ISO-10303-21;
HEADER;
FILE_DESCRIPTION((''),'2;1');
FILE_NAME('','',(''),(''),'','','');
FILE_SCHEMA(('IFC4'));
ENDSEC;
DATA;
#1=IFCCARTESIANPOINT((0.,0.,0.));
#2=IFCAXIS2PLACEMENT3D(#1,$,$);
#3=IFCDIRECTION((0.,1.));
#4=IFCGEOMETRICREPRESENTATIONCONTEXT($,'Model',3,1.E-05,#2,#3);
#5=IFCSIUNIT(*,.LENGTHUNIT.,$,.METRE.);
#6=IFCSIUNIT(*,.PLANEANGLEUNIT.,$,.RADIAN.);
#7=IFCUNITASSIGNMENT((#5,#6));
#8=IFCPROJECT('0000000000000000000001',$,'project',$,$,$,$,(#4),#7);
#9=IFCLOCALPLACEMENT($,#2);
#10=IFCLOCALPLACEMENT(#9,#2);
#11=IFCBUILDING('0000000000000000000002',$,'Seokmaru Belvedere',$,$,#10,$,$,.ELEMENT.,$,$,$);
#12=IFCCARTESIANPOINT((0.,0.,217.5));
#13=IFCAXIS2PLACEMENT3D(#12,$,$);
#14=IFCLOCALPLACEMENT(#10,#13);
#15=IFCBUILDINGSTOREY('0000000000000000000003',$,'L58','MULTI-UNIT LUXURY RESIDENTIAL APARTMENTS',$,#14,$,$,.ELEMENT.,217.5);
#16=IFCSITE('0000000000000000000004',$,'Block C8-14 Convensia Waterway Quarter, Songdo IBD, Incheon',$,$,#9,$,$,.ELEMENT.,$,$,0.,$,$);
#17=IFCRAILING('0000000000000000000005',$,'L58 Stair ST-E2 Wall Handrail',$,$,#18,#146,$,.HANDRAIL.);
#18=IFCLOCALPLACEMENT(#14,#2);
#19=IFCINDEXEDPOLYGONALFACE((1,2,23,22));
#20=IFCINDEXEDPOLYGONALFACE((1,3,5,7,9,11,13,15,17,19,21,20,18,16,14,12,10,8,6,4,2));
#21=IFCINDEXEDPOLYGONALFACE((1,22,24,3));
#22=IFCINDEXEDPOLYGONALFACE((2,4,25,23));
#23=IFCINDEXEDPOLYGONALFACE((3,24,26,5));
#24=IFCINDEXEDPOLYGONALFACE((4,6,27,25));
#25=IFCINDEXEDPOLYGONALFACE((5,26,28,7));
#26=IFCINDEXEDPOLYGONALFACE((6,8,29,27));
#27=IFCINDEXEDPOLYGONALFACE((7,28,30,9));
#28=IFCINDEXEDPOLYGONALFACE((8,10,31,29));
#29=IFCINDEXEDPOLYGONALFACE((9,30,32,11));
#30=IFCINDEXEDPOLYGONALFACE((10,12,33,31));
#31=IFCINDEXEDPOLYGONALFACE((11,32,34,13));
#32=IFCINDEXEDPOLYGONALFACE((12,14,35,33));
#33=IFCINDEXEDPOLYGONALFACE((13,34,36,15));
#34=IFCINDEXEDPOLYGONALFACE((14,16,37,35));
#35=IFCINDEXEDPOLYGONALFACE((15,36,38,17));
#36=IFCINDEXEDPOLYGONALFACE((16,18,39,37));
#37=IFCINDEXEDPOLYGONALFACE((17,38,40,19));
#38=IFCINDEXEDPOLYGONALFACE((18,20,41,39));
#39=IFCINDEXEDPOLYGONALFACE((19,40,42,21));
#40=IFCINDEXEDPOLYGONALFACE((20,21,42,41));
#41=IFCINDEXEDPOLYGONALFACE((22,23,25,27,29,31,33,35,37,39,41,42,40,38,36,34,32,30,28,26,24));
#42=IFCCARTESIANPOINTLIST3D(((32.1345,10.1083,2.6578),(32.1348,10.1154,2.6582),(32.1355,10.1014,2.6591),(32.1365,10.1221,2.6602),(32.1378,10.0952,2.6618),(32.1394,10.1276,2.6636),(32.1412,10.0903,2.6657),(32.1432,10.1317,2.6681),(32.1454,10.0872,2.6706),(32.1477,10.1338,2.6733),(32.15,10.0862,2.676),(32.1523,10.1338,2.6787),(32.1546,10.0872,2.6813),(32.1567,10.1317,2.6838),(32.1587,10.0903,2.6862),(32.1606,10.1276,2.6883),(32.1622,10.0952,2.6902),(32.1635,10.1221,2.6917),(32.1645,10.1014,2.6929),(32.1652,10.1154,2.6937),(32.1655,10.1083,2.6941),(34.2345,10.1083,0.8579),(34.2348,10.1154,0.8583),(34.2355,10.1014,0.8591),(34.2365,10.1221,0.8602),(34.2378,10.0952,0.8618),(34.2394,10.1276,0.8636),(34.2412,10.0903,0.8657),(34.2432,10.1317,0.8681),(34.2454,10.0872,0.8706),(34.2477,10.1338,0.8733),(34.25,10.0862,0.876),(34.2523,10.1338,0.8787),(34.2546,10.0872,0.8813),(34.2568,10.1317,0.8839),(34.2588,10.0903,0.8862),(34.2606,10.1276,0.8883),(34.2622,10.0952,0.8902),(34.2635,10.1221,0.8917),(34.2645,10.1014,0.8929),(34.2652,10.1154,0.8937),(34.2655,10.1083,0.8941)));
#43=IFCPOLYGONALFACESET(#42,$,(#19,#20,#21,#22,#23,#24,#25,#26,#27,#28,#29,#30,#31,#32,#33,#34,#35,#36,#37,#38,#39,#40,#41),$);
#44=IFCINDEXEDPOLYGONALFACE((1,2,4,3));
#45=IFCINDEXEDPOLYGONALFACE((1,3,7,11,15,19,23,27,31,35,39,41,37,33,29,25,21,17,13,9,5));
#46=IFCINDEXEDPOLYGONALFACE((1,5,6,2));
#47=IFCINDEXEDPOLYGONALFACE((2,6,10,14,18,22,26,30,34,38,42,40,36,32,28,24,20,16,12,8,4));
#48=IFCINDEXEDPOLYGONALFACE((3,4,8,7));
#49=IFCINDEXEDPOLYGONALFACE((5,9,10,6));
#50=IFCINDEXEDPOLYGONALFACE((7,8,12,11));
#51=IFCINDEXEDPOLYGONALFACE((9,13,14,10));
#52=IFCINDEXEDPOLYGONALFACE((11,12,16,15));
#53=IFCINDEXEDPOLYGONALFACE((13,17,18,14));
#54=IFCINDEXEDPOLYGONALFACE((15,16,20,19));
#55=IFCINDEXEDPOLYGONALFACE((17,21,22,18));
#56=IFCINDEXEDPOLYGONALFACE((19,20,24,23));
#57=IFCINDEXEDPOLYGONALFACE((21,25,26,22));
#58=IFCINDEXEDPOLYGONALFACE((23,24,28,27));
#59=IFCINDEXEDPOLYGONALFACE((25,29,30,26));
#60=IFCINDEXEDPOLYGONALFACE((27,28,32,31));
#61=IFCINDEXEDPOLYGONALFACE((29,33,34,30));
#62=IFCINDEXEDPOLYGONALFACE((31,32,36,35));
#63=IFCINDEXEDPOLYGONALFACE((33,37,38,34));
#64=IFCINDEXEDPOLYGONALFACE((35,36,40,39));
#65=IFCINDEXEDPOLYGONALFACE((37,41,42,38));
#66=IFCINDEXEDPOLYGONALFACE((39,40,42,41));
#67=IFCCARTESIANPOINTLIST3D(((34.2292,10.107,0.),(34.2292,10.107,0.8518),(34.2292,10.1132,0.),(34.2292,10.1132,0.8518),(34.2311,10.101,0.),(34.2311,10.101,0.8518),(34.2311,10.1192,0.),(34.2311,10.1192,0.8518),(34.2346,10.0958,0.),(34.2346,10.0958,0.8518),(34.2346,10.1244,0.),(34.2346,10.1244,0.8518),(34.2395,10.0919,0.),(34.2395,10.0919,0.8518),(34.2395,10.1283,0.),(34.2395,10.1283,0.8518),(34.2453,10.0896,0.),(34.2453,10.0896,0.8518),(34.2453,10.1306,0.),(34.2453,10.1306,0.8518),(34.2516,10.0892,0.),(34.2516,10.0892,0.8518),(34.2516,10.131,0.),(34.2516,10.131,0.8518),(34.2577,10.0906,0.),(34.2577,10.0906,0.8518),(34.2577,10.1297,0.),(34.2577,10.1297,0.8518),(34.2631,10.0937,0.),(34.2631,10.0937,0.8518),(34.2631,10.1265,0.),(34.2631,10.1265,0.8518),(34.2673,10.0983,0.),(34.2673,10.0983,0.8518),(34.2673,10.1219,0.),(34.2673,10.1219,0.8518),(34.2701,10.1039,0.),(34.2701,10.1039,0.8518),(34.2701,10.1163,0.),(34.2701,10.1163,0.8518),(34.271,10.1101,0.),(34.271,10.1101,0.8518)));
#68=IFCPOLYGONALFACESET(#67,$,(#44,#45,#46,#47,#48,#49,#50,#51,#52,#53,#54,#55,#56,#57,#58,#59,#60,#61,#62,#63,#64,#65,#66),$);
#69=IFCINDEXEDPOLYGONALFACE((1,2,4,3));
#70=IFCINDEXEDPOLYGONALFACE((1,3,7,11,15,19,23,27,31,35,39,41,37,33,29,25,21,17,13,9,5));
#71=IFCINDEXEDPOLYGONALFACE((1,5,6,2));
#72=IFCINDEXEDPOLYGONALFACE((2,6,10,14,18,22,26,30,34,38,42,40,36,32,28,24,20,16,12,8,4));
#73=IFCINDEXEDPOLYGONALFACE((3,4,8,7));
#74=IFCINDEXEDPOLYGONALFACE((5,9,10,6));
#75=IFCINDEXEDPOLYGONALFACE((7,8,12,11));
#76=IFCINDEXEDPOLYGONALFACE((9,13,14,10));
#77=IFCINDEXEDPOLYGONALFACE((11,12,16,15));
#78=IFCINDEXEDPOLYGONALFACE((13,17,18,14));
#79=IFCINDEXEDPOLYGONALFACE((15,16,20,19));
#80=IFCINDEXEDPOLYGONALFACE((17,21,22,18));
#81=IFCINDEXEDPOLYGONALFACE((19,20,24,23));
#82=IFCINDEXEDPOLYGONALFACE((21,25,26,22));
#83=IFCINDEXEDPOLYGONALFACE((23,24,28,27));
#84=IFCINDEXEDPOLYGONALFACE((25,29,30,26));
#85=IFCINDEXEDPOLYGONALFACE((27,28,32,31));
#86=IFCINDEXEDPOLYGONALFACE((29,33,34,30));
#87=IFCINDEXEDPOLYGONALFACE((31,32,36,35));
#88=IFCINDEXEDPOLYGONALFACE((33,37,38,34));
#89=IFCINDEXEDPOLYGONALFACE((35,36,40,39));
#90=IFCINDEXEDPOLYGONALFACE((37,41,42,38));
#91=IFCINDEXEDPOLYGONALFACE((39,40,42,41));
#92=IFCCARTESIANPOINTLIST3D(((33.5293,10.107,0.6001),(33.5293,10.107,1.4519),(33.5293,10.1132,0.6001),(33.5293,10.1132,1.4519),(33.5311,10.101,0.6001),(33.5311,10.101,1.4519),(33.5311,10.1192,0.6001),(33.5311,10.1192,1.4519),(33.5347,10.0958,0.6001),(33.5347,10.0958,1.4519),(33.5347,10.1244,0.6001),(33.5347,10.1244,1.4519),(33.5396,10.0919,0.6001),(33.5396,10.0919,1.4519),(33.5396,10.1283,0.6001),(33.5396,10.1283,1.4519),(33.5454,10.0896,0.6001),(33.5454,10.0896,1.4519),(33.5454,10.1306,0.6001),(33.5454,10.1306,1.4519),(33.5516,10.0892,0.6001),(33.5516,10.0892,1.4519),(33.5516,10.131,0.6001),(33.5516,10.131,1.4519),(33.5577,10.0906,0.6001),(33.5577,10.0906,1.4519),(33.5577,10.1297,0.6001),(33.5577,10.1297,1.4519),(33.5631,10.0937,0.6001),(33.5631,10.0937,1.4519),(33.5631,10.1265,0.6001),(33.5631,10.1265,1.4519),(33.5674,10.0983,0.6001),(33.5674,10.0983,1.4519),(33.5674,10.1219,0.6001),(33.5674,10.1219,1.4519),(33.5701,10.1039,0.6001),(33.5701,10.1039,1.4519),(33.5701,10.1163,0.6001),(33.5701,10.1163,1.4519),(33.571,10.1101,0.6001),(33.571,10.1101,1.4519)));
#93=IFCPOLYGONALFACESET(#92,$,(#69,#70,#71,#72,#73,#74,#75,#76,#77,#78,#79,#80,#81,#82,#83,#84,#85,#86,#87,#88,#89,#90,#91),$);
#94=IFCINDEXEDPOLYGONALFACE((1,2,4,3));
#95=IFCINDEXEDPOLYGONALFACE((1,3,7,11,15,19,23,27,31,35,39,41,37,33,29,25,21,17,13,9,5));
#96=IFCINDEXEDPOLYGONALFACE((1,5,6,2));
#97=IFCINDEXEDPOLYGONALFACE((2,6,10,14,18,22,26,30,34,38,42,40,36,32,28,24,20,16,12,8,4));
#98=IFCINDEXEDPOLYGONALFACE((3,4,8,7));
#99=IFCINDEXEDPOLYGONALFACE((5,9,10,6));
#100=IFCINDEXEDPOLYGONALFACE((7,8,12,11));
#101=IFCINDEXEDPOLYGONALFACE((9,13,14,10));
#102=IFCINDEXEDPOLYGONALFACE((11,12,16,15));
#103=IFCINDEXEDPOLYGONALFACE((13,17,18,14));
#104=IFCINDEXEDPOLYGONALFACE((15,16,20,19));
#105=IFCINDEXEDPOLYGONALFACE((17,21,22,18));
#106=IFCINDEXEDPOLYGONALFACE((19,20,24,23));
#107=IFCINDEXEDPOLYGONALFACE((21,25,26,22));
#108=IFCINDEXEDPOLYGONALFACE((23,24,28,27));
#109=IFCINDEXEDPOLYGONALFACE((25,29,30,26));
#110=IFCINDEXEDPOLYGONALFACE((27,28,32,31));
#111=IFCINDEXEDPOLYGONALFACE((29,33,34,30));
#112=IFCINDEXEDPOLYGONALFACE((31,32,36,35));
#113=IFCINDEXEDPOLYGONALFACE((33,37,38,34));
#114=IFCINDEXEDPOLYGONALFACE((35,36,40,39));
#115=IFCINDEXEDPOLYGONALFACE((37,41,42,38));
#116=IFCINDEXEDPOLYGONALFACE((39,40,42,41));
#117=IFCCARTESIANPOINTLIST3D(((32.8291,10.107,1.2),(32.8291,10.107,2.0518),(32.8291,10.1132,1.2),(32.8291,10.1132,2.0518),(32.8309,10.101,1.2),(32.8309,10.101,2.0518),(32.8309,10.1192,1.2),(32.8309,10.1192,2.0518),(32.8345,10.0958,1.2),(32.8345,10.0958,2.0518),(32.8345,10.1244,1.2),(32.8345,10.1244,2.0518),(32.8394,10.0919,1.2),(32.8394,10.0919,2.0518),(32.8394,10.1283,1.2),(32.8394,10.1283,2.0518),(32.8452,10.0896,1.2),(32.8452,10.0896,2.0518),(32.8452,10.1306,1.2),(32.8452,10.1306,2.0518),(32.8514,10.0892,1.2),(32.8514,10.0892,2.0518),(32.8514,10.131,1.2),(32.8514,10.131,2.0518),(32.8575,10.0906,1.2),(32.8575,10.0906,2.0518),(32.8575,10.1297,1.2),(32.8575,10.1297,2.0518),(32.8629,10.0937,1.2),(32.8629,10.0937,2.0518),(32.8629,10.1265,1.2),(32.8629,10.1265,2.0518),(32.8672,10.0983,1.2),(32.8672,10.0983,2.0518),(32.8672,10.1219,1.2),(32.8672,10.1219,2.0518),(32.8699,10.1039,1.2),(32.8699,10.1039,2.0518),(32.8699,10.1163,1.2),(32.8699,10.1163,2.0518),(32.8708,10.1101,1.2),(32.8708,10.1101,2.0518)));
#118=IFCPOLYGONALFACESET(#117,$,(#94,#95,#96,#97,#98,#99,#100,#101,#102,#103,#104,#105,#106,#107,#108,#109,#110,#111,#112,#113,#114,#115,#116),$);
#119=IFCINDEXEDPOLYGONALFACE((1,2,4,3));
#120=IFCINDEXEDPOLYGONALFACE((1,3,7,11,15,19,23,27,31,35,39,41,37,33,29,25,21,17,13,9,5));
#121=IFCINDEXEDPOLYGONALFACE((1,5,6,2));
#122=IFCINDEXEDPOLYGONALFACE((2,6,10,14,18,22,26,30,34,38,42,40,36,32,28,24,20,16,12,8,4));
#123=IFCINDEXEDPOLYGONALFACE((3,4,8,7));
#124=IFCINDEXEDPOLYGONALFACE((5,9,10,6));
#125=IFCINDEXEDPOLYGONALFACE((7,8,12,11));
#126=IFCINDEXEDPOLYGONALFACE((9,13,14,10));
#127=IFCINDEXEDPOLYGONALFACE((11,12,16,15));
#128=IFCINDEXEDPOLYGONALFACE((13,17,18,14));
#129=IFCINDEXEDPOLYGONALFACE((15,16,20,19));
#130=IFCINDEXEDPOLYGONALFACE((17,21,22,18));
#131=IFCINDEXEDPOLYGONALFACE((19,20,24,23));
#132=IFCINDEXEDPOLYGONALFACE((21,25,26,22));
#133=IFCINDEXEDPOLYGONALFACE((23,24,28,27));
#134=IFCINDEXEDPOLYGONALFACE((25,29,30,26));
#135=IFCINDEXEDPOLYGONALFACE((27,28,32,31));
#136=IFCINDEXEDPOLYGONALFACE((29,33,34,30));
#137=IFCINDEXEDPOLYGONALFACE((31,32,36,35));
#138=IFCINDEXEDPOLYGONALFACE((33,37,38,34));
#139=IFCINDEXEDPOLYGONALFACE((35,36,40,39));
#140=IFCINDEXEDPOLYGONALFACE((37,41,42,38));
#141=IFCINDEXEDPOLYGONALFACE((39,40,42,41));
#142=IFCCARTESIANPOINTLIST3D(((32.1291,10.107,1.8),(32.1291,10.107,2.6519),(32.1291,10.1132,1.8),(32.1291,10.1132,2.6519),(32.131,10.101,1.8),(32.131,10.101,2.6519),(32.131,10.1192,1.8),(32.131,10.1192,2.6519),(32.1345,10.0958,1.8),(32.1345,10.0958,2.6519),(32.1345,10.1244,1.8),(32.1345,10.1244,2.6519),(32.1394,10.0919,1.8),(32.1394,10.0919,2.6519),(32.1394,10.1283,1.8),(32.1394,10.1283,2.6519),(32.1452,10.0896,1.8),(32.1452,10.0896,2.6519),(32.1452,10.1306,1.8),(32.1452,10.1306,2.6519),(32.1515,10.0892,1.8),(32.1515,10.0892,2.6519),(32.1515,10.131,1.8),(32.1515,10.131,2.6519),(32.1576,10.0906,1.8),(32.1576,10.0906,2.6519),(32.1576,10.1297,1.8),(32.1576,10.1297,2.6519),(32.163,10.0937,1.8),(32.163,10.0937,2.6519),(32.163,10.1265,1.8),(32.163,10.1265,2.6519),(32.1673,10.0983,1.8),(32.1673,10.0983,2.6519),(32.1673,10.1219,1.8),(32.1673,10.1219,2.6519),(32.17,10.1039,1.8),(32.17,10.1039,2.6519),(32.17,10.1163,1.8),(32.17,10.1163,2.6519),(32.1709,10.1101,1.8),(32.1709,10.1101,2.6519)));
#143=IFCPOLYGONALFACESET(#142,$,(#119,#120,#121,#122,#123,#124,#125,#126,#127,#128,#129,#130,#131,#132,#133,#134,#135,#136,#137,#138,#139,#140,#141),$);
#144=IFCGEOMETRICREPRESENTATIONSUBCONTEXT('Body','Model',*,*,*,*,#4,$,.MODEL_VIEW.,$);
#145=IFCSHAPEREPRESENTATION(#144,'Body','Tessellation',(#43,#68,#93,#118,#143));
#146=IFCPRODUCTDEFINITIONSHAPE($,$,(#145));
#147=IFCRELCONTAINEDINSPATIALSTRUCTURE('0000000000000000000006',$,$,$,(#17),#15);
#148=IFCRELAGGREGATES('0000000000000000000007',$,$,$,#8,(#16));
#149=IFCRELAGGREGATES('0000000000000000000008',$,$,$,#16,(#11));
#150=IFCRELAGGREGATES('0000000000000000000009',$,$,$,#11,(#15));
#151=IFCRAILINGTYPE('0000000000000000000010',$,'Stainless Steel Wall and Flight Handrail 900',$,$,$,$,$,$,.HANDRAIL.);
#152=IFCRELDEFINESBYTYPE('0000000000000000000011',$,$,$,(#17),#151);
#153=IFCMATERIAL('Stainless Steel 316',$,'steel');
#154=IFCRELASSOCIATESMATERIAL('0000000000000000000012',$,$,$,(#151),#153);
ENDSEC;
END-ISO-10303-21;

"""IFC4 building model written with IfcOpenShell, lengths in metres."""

from ifc_helpers import new_model, si_unit, direction, frame, origin, origin_2d, place, context, subcontext, project, spatial, circle, extrude, material, type_object, element, save


model = new_model("IFC4")

# Units and contexts
model_context = context("Model", 3, precision=1e-05, world=origin(), true_north=direction((0.0, 1.0)))
body_context = subcontext(model_context, "Body", "Model", "MODEL_VIEW")
ifc_project = project(units=[si_unit("LENGTHUNIT", "METRE"), si_unit("PLANEANGLEUNIT", "RADIAN")], contexts=[model_context])

# Site, building, storey
site_placement = place(None, origin())
site = spatial("IfcSite", under=ifc_project, at=site_placement, Name="Block C8-14 Convensia Waterway Quarter, Songdo IBD, Incheon", CompositionType="ELEMENT", RefElevation=0.0)
building_placement = place(site_placement, origin())
building = spatial("IfcBuilding", under=site, at=building_placement, Name="Seokmaru Belvedere", CompositionType="ELEMENT")
storey_placement = place(building_placement, frame((0.0, 0.0, 217.5)))
storey = spatial("IfcBuildingStorey", under=building, at=storey_placement, Name="L58", Description="MULTI-UNIT LUXURY RESIDENTIAL APARTMENTS", CompositionType="ELEMENT", Elevation=217.5)

# Shared definitions
ifc_material_1 = material(Name="Stainless Steel 316", Category="steel")

# Railing
railing_type_1 = type_object("IfcRailingType", Name="Stainless Steel Wall and Flight Handrail 900", PredefinedType="HANDRAIL", material=ifc_material_1)
railing_1_placement = place(storey_placement, frame((34.25, 10.1101, 0.0)))
element("IfcRailing", 1, at=railing_1_placement, inside=storey, type_object=railing_type_1, Name="L58 Stair ST-E2 Wall Handrail", PredefinedType="HANDRAIL", context=body_context, shape_type="SweptSolid", body=[
    extrude(circle(Radius=0.0239, at=origin_2d()), frame((0.0, 0.0, 0.876), z_axis=(-0.759263, 0.0, 0.650784), x_axis=(0.0, -1.0, 0.0)), (0.0, 0.0, 1.0), 2.7659),
    extrude(circle(Radius=0.021, at=origin_2d()), origin(), (0.0, 0.0, 1.0), 0.8518),
    extrude(circle(Radius=0.021, at=origin_2d()), frame((-0.7, 0.0, 0.6001)), (0.0, 0.0, 1.0), 0.8518),
    extrude(circle(Radius=0.021, at=origin_2d()), frame((-1.4001, 0.0, 1.2)), (0.0, 0.0, 1.0), 0.8518),
    extrude(circle(Radius=0.021, at=origin_2d()), frame((-2.1001, 0.0, 1.8)), (0.0, 0.0, 1.0), 0.8518),
])

save(model, "model.ifc")
